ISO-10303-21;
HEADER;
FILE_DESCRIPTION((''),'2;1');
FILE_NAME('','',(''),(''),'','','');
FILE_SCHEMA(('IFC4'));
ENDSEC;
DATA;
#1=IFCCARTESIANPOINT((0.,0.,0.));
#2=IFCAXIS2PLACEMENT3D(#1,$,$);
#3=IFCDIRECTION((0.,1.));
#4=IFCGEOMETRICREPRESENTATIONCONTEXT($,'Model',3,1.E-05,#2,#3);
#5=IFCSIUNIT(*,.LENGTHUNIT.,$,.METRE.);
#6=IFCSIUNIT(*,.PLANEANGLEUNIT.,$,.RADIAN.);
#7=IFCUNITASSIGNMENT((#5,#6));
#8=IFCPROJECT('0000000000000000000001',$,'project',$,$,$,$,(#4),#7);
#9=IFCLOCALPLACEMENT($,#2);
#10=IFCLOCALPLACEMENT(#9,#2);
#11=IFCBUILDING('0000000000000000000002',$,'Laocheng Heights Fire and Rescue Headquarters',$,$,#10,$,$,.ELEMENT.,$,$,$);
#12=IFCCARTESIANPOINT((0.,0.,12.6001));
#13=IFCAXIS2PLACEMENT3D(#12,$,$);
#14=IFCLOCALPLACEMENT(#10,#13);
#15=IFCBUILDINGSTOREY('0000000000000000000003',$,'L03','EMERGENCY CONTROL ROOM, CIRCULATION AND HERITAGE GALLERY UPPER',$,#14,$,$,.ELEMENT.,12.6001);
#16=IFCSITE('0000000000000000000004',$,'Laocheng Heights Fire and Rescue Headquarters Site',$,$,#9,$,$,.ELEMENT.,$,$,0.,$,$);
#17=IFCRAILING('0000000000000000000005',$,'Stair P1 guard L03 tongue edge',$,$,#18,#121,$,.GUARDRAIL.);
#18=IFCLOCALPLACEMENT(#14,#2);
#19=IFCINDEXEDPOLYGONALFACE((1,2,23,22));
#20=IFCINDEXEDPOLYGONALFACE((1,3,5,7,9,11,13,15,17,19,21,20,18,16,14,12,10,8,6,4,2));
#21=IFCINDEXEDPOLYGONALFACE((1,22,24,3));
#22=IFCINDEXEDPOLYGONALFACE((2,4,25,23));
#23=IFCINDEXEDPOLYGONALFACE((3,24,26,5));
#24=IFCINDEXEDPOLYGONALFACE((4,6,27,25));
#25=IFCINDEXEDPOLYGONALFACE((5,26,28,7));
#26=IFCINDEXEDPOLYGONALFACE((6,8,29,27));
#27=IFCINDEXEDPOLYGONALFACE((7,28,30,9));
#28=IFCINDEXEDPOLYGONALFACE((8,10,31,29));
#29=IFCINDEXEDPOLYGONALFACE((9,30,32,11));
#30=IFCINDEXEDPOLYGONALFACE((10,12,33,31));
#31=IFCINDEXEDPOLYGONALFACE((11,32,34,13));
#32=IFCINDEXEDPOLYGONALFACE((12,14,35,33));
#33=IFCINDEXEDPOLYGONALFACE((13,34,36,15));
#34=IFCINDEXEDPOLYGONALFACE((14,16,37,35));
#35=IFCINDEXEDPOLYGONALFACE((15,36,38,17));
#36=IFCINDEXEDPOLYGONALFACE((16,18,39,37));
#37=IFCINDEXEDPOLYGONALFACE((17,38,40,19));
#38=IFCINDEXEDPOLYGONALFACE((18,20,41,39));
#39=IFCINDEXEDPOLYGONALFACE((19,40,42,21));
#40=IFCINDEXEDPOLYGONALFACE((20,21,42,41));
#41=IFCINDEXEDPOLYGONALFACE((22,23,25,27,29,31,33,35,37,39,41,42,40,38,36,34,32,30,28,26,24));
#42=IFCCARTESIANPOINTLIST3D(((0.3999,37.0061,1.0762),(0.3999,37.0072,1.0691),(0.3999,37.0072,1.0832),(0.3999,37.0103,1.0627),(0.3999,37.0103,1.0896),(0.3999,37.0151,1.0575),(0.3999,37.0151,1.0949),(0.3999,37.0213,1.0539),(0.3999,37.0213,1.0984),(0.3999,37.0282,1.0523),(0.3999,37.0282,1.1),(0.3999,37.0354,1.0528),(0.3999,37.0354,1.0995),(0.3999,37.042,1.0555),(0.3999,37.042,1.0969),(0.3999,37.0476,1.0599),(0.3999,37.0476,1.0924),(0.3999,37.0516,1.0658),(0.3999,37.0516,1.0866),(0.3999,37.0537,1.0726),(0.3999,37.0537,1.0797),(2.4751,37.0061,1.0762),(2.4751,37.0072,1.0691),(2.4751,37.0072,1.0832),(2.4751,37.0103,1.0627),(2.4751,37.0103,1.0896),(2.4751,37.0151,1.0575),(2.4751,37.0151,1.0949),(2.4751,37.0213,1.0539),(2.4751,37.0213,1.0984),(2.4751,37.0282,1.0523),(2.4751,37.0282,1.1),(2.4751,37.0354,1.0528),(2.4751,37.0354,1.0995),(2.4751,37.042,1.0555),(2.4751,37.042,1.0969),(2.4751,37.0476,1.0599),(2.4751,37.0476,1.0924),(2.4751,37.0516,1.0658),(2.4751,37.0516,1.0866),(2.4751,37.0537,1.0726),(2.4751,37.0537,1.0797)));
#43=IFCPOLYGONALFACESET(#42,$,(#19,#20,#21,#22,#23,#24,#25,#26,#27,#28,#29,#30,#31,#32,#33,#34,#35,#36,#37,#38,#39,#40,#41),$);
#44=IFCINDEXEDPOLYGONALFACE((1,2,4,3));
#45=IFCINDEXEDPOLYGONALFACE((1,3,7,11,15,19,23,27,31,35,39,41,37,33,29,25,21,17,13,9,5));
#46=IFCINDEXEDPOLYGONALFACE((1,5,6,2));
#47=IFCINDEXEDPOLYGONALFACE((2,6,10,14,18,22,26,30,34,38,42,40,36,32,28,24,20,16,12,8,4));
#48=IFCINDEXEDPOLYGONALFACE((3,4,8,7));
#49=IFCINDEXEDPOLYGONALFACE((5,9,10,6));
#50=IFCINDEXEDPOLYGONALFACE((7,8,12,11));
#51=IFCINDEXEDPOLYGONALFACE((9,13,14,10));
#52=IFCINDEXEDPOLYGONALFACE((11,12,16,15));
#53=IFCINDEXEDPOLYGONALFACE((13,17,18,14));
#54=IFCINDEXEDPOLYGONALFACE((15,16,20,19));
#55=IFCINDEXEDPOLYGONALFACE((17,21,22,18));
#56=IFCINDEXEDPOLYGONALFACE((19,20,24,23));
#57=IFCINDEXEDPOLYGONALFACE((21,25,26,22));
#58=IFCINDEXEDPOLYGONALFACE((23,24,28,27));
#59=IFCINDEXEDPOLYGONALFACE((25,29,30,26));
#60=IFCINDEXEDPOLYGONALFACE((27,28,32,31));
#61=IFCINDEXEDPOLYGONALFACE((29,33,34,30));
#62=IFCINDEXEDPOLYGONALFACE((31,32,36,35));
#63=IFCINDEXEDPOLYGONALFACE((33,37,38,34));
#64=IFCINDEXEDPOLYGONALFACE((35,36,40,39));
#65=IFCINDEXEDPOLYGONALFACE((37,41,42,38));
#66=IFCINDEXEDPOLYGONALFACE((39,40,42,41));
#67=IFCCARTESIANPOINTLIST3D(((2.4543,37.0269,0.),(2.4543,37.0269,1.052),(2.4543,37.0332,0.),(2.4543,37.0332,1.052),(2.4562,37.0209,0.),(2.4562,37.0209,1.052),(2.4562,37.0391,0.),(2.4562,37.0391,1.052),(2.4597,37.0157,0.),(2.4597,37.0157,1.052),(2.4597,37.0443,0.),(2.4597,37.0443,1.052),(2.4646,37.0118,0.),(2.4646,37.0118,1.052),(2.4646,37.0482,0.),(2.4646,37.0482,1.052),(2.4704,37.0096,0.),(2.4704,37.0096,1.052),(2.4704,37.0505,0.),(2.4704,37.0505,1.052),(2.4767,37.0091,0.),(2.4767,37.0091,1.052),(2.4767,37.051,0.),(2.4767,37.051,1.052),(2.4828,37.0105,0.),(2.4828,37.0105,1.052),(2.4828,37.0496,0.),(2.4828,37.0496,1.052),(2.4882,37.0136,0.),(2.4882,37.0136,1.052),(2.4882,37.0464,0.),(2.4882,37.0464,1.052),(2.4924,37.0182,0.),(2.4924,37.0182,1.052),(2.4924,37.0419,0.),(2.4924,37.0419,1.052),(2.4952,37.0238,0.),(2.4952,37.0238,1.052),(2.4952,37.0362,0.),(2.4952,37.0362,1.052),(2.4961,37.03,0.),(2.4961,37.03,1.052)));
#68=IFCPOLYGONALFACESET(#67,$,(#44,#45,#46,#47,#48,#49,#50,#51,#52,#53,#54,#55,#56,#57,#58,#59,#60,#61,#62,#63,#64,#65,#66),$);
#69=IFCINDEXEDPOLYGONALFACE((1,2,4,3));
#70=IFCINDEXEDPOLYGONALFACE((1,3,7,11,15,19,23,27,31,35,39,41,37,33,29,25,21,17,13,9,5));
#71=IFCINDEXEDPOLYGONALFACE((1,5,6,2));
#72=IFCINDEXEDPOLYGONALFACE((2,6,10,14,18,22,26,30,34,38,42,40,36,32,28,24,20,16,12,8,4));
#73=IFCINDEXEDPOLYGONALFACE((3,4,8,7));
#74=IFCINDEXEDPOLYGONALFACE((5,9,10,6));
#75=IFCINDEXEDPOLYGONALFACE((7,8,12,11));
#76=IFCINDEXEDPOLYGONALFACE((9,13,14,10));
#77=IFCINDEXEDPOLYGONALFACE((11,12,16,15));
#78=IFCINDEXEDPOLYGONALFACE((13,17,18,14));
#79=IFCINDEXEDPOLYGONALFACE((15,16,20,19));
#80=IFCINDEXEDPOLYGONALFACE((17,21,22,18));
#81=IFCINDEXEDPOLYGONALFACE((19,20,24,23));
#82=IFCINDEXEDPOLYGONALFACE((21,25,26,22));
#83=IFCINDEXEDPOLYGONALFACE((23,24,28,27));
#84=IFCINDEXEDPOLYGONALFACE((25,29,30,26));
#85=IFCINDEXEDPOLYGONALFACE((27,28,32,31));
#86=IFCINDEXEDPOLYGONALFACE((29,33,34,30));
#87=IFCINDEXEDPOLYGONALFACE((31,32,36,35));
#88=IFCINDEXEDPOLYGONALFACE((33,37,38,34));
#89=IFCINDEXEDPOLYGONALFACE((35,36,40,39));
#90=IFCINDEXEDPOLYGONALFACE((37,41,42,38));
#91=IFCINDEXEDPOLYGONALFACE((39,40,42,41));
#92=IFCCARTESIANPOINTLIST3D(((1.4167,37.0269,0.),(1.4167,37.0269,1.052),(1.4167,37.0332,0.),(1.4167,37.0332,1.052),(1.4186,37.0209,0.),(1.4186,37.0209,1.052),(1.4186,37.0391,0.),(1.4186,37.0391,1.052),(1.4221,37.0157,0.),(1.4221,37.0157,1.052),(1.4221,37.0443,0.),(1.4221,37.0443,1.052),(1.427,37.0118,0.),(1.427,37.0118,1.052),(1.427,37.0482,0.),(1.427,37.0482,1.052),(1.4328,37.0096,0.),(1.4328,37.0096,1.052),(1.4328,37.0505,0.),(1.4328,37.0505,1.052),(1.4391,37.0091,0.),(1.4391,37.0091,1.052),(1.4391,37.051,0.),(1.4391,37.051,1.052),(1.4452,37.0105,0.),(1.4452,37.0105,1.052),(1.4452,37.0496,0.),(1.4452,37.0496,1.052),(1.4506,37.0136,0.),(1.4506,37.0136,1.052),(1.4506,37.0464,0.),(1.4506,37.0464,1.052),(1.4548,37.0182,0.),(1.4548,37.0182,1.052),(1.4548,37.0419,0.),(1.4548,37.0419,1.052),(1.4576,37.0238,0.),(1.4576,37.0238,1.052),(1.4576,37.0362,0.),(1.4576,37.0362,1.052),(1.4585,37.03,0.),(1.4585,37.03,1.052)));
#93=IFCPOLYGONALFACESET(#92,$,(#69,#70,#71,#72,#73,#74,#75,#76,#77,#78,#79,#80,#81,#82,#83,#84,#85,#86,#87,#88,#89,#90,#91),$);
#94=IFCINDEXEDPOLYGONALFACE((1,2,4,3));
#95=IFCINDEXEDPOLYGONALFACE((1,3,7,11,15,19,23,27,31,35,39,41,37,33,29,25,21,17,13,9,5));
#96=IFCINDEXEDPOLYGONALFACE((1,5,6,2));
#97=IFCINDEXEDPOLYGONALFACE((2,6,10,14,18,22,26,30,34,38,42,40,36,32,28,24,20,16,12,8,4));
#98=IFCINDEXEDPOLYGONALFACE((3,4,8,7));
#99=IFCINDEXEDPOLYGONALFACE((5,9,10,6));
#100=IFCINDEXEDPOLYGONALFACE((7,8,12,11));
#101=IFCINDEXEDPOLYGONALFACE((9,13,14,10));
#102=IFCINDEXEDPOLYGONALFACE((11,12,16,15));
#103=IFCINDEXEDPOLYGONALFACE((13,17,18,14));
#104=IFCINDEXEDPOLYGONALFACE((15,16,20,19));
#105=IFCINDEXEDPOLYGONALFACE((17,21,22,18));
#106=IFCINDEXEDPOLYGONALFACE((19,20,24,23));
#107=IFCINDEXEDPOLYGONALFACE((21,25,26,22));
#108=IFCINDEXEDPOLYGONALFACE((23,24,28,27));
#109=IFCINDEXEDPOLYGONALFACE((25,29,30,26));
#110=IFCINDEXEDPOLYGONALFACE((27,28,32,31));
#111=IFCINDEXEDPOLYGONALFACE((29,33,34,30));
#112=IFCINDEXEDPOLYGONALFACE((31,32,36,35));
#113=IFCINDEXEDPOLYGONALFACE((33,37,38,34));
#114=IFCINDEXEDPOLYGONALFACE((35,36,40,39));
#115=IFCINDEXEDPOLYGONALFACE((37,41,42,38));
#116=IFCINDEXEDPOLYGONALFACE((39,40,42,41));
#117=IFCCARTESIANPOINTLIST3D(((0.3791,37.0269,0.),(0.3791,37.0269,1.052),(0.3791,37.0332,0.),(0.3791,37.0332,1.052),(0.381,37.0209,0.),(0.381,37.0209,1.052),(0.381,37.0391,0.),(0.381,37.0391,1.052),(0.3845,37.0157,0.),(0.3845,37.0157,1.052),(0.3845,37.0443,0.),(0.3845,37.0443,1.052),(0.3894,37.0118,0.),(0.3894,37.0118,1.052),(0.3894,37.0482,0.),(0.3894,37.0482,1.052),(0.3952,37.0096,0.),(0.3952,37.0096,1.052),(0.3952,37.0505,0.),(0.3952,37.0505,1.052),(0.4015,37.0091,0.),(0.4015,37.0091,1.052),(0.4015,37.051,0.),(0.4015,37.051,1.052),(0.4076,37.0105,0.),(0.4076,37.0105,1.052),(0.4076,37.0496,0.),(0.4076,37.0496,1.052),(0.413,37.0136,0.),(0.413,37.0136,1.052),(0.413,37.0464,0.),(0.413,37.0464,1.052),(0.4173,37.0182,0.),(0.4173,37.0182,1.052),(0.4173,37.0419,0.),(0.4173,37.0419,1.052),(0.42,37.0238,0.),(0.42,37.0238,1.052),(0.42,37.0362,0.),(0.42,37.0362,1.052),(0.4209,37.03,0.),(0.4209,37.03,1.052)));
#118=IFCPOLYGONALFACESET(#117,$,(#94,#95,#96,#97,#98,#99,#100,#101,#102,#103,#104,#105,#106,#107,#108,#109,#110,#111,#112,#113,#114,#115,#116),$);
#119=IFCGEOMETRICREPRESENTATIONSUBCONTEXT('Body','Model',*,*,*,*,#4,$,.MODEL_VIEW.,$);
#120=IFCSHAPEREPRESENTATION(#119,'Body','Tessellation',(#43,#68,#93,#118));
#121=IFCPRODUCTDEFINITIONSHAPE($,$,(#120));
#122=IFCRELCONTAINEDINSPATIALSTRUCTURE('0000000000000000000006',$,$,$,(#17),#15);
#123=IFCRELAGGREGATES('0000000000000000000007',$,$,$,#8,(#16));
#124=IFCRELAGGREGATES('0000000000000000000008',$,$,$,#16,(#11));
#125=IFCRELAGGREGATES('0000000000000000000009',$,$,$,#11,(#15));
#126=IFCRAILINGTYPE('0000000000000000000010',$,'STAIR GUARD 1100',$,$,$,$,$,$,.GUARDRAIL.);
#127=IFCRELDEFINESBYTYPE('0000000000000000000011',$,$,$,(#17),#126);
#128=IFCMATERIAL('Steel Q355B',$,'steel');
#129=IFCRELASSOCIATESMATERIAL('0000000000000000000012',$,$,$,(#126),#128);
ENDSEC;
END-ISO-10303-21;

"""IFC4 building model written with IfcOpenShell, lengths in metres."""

from ifc_helpers import new_model, si_unit, direction, frame, origin, origin_2d, place, context, subcontext, project, spatial, circle, extrude, material, type_object, element, save


model = new_model("IFC4")

# Units and contexts
model_context = context("Model", 3, precision=1e-05, world=origin(), true_north=direction((0.0, 1.0)))
body_context = subcontext(model_context, "Body", "Model", "MODEL_VIEW")
ifc_project = project(units=[si_unit("LENGTHUNIT", "METRE"), si_unit("PLANEANGLEUNIT", "RADIAN")], contexts=[model_context])

# Site, building, storey
site_placement = place(None, origin())
site = spatial("IfcSite", under=ifc_project, at=site_placement, Name="Laocheng Heights Fire and Rescue Headquarters Site", CompositionType="ELEMENT", RefElevation=0.0)
building_placement = place(site_placement, origin())
building = spatial("IfcBuilding", under=site, at=building_placement, Name="Laocheng Heights Fire and Rescue Headquarters", CompositionType="ELEMENT")
storey_placement = place(building_placement, frame((0.0, 0.0, 12.6001)))
storey = spatial("IfcBuildingStorey", under=building, at=storey_placement, Name="L03", Description="EMERGENCY CONTROL ROOM, CIRCULATION AND HERITAGE GALLERY UPPER", CompositionType="ELEMENT", Elevation=12.6001)

# Railing
ifc_material_1 = material(Name="Steel Q355B", Category="steel")
railing_type_1 = type_object("IfcRailingType", Name="STAIR GUARD 1100", PredefinedType="GUARDRAIL", material=ifc_material_1)
railing_1_placement = place(storey_placement, frame((2.4751, 37.03, 0.0)))
element("IfcRailing", 1, at=railing_1_placement, inside=storey, type_object=railing_type_1, Name="Stair P1 guard L03 tongue edge", PredefinedType="GUARDRAIL", context=body_context, shape_type="SweptSolid", body=[
    extrude(circle(Radius=0.0239, at=origin_2d()), frame((0.0, 0.0, 1.0762), z_axis=(-1.0, 0.0, 0.0), x_axis=(0.0, -1.0, 0.0)), (0.0, 0.0, 1.0), 2.0752),
    extrude(circle(Radius=0.021, at=origin_2d()), origin(), (0.0, 0.0, 1.0), 1.052),
    extrude(circle(Radius=0.021, at=origin_2d()), frame((-1.0376, 0.0, 0.0)), (0.0, 0.0, 1.0), 1.052),
    extrude(circle(Radius=0.021, at=origin_2d()), frame((-2.0752, 0.0, 0.0)), (0.0, 0.0, 1.0), 1.052),
])

save(model, "model.ifc")
